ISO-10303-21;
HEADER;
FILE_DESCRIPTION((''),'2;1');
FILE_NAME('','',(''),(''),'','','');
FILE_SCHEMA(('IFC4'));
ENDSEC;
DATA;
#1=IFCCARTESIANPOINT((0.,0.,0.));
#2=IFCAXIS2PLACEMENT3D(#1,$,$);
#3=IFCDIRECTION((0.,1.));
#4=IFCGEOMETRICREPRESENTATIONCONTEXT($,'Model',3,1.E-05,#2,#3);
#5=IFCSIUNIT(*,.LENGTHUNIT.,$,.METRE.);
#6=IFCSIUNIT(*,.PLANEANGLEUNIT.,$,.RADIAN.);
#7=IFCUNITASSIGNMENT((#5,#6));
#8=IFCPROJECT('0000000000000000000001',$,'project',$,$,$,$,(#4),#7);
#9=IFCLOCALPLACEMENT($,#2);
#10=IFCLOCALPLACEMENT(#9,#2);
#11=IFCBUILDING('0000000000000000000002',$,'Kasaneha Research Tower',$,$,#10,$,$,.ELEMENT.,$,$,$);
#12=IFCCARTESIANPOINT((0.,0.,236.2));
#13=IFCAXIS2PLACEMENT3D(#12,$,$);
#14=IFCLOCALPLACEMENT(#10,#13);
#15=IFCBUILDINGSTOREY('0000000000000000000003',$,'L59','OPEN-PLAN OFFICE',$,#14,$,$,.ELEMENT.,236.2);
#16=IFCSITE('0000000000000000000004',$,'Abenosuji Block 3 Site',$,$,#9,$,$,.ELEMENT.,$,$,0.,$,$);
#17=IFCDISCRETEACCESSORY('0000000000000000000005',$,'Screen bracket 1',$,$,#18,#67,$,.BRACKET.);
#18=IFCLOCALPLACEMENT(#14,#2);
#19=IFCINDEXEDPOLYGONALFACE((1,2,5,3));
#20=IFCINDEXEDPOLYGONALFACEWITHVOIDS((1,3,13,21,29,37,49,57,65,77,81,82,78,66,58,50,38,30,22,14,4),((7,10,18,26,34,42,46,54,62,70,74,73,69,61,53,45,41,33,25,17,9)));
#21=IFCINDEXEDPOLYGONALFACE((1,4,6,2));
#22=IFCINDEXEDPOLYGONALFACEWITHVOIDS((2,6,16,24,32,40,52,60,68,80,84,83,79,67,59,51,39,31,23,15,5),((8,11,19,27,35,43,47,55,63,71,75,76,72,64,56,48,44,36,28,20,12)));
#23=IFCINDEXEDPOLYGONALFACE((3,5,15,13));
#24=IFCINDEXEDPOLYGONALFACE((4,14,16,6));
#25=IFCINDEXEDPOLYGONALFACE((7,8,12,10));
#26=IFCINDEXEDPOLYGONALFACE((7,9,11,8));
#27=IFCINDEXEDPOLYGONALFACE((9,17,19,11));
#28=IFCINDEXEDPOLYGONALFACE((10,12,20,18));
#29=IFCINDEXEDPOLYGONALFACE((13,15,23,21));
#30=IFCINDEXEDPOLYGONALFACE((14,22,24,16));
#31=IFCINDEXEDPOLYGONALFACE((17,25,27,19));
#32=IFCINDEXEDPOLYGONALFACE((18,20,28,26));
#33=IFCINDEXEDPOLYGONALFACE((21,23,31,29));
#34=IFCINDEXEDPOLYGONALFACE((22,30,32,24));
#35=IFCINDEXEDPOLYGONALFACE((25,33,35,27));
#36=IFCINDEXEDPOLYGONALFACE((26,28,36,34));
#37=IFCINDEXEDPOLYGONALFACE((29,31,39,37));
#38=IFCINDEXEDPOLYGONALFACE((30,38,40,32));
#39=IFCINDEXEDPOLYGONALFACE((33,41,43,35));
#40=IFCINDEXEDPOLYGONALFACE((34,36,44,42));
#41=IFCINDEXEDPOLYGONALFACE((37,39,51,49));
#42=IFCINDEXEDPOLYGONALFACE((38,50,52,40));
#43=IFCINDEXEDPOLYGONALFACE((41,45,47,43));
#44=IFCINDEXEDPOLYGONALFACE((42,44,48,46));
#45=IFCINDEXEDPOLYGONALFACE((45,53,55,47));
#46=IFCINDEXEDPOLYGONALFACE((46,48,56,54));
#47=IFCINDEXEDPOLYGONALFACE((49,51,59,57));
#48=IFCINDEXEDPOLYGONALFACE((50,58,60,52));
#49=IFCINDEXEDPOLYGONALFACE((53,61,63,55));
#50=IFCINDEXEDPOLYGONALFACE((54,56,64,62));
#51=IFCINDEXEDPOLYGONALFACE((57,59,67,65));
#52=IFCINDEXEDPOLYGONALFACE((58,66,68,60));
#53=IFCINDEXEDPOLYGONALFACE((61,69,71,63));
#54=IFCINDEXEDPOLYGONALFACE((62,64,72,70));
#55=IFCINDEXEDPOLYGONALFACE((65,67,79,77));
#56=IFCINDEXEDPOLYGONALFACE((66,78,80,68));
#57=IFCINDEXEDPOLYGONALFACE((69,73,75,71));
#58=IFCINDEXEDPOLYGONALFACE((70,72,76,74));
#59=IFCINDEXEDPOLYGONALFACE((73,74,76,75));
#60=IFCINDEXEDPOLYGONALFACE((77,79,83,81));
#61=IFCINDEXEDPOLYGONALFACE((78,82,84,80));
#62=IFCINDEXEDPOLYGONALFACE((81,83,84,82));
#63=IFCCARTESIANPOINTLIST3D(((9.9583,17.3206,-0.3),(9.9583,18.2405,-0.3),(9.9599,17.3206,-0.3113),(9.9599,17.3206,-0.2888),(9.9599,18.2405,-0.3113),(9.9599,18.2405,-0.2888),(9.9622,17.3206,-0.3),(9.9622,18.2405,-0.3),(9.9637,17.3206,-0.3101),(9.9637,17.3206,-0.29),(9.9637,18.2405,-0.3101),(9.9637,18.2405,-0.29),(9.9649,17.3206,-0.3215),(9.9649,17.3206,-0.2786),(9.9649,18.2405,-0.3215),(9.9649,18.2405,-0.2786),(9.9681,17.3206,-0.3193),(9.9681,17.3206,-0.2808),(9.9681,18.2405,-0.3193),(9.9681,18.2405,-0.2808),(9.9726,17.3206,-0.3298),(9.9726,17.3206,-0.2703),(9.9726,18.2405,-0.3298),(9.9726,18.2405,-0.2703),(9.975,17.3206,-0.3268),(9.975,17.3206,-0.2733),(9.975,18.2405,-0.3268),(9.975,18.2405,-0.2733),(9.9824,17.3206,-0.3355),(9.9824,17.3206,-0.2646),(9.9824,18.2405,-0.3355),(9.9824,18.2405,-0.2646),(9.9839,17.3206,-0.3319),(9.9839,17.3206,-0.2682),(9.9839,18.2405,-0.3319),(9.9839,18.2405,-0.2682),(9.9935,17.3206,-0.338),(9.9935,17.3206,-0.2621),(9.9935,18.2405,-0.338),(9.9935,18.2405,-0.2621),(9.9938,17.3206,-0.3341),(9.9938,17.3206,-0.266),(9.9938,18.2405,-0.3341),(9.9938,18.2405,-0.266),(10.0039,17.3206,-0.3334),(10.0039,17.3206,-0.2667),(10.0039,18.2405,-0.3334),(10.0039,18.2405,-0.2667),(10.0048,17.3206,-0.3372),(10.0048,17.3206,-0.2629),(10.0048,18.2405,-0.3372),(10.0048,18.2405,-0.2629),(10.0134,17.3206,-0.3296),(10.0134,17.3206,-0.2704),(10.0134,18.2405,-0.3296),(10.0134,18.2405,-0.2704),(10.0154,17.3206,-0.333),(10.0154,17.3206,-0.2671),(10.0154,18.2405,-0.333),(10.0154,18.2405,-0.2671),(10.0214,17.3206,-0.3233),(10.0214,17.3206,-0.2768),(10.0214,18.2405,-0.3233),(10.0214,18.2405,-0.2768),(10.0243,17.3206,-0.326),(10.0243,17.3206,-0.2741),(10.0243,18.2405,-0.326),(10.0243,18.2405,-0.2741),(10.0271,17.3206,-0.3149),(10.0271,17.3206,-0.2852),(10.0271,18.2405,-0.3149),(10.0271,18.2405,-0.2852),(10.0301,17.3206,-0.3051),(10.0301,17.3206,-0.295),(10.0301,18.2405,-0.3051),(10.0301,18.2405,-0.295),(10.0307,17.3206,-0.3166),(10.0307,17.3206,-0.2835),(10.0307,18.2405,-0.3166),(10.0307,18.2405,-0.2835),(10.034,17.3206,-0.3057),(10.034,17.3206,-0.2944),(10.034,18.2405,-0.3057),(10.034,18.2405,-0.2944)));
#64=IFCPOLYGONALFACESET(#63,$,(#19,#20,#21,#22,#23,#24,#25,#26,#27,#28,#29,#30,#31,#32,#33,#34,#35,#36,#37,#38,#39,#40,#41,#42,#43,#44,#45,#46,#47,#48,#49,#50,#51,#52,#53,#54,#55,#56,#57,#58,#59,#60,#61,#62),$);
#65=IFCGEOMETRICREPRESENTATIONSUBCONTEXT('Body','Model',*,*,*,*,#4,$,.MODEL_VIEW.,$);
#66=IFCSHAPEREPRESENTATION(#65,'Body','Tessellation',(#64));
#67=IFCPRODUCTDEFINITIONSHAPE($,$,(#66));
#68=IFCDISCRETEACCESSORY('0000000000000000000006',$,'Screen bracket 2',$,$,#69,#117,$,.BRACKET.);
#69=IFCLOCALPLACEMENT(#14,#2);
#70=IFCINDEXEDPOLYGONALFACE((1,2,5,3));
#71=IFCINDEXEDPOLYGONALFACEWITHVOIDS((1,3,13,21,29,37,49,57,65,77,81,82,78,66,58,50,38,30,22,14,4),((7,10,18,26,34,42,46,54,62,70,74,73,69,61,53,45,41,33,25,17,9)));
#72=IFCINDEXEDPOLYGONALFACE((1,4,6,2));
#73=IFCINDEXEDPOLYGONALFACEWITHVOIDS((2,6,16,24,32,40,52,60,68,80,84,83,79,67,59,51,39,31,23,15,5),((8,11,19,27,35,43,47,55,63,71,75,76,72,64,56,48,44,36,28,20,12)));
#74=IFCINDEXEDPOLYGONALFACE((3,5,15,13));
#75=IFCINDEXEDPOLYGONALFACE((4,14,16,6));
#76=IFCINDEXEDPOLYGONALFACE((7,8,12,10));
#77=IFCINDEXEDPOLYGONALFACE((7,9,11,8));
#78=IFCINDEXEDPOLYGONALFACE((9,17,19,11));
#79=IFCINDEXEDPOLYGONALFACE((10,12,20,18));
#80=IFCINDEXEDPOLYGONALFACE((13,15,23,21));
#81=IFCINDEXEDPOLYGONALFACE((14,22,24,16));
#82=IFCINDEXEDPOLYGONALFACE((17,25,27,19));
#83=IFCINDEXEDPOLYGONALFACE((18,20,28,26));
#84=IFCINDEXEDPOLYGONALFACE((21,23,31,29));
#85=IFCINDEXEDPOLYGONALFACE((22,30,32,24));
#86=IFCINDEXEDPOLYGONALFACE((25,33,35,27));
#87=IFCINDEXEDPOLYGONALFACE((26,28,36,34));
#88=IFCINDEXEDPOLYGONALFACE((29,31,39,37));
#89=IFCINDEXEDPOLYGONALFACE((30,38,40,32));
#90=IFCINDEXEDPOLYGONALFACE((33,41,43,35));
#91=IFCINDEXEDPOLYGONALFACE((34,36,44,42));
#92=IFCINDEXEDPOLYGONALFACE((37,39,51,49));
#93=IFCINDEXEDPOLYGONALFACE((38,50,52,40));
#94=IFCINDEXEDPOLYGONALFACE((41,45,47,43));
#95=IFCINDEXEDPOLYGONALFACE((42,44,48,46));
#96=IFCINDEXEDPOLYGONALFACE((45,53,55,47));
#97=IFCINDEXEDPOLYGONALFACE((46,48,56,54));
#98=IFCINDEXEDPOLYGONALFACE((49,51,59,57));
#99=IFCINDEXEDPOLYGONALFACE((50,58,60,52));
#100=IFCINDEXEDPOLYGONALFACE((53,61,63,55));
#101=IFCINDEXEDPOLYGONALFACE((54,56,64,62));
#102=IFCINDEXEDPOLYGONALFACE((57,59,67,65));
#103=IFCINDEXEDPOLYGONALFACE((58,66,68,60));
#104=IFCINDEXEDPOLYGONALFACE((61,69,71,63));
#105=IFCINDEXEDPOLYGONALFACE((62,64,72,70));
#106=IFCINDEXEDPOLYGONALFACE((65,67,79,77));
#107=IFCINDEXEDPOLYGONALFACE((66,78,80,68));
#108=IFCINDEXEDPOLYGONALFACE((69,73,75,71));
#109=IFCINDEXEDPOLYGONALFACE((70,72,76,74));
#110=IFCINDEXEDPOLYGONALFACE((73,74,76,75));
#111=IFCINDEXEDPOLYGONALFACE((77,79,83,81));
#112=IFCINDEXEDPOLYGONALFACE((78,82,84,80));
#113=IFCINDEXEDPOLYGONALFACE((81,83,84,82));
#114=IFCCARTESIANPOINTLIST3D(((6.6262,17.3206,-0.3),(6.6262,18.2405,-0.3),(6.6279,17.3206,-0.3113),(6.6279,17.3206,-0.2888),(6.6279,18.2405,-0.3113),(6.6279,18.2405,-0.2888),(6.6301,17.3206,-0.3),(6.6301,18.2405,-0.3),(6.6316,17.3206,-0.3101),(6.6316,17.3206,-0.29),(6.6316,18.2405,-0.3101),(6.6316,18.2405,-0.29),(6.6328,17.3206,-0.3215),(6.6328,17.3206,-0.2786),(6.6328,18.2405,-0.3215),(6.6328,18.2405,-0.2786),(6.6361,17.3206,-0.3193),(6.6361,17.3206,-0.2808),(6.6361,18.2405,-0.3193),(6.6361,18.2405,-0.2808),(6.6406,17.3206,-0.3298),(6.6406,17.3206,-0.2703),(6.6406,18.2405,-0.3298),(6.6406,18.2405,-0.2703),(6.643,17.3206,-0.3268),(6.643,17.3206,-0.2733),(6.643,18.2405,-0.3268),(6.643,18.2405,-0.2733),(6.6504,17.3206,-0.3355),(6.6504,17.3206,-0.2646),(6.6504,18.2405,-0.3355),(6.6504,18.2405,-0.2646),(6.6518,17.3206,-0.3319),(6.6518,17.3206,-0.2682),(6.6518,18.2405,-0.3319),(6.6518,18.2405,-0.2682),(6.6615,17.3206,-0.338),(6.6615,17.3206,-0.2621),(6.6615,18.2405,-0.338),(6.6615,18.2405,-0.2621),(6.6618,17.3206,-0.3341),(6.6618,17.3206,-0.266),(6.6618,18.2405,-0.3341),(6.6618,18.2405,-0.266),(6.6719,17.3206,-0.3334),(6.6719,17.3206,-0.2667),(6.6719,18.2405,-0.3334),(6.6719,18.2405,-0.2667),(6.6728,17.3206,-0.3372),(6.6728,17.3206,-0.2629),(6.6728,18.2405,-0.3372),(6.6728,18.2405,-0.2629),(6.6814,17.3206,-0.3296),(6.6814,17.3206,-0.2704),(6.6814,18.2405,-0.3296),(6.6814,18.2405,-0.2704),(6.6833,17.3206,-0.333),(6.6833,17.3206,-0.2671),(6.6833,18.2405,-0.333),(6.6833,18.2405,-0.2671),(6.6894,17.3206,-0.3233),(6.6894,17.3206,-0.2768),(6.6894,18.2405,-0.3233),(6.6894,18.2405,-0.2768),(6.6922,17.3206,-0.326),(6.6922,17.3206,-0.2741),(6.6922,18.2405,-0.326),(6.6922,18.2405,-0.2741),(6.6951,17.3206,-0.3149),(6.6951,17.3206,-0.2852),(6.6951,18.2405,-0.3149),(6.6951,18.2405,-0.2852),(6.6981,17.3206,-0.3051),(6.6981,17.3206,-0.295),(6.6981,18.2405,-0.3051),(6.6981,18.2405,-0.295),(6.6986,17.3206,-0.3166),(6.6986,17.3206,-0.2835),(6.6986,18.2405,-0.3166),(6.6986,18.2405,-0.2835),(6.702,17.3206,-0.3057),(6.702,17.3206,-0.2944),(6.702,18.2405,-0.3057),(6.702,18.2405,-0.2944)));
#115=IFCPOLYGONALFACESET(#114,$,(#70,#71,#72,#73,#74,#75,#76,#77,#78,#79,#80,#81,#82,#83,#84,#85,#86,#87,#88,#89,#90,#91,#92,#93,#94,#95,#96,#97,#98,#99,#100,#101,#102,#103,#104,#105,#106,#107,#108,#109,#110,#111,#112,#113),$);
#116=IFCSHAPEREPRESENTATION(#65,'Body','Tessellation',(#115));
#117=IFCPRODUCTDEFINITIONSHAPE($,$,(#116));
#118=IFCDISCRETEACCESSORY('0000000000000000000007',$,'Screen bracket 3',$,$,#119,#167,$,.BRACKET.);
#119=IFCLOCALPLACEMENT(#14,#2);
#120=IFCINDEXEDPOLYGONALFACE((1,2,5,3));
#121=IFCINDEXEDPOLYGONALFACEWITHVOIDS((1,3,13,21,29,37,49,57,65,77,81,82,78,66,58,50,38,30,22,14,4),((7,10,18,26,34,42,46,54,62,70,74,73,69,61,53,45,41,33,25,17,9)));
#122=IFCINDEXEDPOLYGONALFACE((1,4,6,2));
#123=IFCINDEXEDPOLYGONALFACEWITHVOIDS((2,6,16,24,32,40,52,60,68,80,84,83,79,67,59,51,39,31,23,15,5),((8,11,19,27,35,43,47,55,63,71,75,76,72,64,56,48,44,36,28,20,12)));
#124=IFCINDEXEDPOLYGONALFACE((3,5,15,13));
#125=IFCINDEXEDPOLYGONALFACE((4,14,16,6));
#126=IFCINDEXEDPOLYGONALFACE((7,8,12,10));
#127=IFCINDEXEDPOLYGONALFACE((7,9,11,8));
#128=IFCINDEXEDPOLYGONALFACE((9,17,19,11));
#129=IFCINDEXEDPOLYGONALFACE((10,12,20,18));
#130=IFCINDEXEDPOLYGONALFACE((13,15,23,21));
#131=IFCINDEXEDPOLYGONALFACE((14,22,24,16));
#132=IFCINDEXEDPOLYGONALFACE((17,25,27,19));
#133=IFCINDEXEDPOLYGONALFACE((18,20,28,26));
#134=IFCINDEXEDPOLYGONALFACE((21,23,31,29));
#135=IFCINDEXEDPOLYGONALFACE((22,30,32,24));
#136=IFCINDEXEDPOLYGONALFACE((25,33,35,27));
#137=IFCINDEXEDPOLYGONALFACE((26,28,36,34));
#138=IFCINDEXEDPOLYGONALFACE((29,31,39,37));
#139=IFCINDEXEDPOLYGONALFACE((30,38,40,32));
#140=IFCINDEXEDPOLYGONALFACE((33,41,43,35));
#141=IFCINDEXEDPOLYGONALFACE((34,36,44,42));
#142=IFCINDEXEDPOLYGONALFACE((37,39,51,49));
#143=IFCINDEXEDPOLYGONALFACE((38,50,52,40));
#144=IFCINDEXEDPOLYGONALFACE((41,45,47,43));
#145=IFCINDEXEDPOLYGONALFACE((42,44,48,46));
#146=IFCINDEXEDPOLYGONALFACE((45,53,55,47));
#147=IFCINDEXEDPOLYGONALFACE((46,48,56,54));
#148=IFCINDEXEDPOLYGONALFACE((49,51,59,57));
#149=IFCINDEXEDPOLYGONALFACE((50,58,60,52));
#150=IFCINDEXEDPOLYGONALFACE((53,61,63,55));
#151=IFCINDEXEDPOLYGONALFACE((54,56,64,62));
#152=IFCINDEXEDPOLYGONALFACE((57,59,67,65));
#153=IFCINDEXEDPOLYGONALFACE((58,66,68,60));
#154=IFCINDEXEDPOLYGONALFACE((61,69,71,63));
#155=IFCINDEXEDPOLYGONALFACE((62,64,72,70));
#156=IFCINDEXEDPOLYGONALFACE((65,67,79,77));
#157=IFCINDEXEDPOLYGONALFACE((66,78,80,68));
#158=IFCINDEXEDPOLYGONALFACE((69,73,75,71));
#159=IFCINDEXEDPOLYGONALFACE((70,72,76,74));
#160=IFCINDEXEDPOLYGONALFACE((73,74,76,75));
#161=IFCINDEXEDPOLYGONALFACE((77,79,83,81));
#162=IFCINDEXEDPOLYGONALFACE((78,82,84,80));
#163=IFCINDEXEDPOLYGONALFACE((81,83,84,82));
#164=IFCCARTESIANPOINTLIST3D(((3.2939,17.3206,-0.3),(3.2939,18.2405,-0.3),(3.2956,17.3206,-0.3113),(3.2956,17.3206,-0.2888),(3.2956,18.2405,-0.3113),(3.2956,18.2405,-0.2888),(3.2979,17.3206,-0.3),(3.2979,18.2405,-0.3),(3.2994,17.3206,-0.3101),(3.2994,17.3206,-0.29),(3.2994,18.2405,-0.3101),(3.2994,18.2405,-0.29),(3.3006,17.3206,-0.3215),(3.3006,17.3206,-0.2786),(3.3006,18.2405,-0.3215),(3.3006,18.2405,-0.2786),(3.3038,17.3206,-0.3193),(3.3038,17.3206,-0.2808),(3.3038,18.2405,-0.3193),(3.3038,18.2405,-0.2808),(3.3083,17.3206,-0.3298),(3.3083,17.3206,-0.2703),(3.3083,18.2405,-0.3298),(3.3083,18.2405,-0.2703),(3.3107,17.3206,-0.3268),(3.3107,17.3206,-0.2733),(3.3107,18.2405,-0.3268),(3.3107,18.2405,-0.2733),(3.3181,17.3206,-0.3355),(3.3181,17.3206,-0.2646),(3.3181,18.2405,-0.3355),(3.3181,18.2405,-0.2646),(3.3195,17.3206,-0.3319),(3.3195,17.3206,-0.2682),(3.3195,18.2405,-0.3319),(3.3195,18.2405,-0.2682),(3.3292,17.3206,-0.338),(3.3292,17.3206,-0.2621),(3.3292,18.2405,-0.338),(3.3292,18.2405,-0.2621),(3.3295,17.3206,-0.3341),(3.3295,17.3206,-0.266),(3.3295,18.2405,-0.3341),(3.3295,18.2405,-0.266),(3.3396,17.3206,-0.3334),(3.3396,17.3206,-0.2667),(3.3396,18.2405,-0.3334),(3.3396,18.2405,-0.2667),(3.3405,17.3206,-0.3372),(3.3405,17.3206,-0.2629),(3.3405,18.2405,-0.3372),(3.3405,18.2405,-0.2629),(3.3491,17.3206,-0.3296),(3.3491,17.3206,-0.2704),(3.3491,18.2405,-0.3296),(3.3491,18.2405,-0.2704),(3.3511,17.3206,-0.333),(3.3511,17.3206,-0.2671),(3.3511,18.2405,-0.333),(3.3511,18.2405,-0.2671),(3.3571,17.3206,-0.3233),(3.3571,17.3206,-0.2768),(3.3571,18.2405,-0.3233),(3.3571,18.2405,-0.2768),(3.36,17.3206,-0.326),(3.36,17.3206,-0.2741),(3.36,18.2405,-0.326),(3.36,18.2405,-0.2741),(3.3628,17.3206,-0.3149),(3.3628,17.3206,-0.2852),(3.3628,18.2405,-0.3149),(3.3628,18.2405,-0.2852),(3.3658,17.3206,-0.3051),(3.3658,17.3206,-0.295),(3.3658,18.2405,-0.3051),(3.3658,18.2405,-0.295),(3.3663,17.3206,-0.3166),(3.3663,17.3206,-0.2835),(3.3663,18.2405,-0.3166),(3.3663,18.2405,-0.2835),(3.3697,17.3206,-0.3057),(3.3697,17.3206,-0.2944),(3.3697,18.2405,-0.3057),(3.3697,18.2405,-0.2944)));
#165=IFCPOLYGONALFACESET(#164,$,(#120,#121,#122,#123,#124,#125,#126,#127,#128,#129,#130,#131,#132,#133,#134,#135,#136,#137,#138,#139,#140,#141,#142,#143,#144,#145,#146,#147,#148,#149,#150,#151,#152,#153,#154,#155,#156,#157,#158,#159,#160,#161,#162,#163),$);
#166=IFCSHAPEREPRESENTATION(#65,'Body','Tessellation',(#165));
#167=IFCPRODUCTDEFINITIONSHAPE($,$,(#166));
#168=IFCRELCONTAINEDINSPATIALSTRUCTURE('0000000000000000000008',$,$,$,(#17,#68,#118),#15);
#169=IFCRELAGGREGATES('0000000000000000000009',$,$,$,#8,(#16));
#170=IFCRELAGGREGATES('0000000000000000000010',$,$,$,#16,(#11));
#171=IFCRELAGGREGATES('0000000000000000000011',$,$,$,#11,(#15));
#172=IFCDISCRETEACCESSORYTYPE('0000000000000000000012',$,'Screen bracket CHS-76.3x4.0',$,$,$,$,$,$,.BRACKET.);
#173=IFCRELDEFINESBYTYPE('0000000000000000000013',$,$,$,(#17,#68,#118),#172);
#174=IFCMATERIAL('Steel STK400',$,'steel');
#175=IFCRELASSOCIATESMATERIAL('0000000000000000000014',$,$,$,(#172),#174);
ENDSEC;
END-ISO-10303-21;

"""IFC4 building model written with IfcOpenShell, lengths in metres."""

from ifc_helpers import new_model, si_unit, direction, frame, origin, origin_2d, place, context, subcontext, project, spatial, hollow_circle, extrude, material, material_profile, profile_set, type_object, element, save


model = new_model("IFC4")

# Units and contexts
model_context = context("Model", 3, precision=1e-05, world=origin(), true_north=direction((0.0, 1.0)))
body_context = subcontext(model_context, "Body", "Model", "MODEL_VIEW")
ifc_project = project(units=[si_unit("LENGTHUNIT", "METRE"), si_unit("PLANEANGLEUNIT", "RADIAN")], contexts=[model_context])

# Site, building, storey
site_placement = place(None, origin())
site = spatial("IfcSite", under=ifc_project, at=site_placement, Name="Abenosuji Block 3 Site", CompositionType="ELEMENT", RefElevation=0.0)
building_placement = place(site_placement, origin())
building = spatial("IfcBuilding", under=site, at=building_placement, Name="Kasaneha Research Tower", CompositionType="ELEMENT")
storey_placement = place(building_placement, frame((0.0, 0.0, 236.2)))
storey = spatial("IfcBuildingStorey", under=building, at=storey_placement, Name="L59", Description="OPEN-PLAN OFFICE", CompositionType="ELEMENT", Elevation=236.2)

# Discrete accessories
ifc_material_1 = material(Name="Steel STK400", Category="steel")
ifc_material_profile_1 = material_profile(ifc_material_1, hollow_circle(Radius=0.0381, WallThickness=0.0039, at=origin_2d()), Name="CHS-76.3x4.0")
ifc_profile_set_1 = profile_set([ifc_material_profile_1], Name="Steel STK400")
discrete_accessory_type = type_object("IfcDiscreteAccessoryType", Name="Screen bracket CHS-76.3x4.0", PredefinedType="BRACKET", material=ifc_profile_set_1)
for number, where, z_axis, x_axis, name in (
    (1, (9.9963, 17.3206, -0.3), (0.0, 1.0, 0.0), (-1.0, 0.0, 0.0), "Screen bracket 1"),
    (2, (6.6643, 17.3206, -0.3), (0.0, 1.0, 0.0), (-1.0, 0.0, 0.0), "Screen bracket 2"),
    (3, (3.332, 17.3206, -0.3), (0.0, 1.0, 0.0), (-1.0, 0.0, 0.0), "Screen bracket 3"),
):
    element("IfcDiscreteAccessory", number, at=place(storey_placement, frame(where, z_axis=z_axis, x_axis=x_axis)), inside=storey, type_object=discrete_accessory_type, Name=name, PredefinedType="BRACKET", context=body_context, shape_type="SweptSolid", body=[
        extrude(hollow_circle(Radius=0.0381, WallThickness=0.0039, at=origin_2d()), origin(), (0.0, 0.0, 1.0), 0.9199),
    ])

save(model, "model.ifc")
